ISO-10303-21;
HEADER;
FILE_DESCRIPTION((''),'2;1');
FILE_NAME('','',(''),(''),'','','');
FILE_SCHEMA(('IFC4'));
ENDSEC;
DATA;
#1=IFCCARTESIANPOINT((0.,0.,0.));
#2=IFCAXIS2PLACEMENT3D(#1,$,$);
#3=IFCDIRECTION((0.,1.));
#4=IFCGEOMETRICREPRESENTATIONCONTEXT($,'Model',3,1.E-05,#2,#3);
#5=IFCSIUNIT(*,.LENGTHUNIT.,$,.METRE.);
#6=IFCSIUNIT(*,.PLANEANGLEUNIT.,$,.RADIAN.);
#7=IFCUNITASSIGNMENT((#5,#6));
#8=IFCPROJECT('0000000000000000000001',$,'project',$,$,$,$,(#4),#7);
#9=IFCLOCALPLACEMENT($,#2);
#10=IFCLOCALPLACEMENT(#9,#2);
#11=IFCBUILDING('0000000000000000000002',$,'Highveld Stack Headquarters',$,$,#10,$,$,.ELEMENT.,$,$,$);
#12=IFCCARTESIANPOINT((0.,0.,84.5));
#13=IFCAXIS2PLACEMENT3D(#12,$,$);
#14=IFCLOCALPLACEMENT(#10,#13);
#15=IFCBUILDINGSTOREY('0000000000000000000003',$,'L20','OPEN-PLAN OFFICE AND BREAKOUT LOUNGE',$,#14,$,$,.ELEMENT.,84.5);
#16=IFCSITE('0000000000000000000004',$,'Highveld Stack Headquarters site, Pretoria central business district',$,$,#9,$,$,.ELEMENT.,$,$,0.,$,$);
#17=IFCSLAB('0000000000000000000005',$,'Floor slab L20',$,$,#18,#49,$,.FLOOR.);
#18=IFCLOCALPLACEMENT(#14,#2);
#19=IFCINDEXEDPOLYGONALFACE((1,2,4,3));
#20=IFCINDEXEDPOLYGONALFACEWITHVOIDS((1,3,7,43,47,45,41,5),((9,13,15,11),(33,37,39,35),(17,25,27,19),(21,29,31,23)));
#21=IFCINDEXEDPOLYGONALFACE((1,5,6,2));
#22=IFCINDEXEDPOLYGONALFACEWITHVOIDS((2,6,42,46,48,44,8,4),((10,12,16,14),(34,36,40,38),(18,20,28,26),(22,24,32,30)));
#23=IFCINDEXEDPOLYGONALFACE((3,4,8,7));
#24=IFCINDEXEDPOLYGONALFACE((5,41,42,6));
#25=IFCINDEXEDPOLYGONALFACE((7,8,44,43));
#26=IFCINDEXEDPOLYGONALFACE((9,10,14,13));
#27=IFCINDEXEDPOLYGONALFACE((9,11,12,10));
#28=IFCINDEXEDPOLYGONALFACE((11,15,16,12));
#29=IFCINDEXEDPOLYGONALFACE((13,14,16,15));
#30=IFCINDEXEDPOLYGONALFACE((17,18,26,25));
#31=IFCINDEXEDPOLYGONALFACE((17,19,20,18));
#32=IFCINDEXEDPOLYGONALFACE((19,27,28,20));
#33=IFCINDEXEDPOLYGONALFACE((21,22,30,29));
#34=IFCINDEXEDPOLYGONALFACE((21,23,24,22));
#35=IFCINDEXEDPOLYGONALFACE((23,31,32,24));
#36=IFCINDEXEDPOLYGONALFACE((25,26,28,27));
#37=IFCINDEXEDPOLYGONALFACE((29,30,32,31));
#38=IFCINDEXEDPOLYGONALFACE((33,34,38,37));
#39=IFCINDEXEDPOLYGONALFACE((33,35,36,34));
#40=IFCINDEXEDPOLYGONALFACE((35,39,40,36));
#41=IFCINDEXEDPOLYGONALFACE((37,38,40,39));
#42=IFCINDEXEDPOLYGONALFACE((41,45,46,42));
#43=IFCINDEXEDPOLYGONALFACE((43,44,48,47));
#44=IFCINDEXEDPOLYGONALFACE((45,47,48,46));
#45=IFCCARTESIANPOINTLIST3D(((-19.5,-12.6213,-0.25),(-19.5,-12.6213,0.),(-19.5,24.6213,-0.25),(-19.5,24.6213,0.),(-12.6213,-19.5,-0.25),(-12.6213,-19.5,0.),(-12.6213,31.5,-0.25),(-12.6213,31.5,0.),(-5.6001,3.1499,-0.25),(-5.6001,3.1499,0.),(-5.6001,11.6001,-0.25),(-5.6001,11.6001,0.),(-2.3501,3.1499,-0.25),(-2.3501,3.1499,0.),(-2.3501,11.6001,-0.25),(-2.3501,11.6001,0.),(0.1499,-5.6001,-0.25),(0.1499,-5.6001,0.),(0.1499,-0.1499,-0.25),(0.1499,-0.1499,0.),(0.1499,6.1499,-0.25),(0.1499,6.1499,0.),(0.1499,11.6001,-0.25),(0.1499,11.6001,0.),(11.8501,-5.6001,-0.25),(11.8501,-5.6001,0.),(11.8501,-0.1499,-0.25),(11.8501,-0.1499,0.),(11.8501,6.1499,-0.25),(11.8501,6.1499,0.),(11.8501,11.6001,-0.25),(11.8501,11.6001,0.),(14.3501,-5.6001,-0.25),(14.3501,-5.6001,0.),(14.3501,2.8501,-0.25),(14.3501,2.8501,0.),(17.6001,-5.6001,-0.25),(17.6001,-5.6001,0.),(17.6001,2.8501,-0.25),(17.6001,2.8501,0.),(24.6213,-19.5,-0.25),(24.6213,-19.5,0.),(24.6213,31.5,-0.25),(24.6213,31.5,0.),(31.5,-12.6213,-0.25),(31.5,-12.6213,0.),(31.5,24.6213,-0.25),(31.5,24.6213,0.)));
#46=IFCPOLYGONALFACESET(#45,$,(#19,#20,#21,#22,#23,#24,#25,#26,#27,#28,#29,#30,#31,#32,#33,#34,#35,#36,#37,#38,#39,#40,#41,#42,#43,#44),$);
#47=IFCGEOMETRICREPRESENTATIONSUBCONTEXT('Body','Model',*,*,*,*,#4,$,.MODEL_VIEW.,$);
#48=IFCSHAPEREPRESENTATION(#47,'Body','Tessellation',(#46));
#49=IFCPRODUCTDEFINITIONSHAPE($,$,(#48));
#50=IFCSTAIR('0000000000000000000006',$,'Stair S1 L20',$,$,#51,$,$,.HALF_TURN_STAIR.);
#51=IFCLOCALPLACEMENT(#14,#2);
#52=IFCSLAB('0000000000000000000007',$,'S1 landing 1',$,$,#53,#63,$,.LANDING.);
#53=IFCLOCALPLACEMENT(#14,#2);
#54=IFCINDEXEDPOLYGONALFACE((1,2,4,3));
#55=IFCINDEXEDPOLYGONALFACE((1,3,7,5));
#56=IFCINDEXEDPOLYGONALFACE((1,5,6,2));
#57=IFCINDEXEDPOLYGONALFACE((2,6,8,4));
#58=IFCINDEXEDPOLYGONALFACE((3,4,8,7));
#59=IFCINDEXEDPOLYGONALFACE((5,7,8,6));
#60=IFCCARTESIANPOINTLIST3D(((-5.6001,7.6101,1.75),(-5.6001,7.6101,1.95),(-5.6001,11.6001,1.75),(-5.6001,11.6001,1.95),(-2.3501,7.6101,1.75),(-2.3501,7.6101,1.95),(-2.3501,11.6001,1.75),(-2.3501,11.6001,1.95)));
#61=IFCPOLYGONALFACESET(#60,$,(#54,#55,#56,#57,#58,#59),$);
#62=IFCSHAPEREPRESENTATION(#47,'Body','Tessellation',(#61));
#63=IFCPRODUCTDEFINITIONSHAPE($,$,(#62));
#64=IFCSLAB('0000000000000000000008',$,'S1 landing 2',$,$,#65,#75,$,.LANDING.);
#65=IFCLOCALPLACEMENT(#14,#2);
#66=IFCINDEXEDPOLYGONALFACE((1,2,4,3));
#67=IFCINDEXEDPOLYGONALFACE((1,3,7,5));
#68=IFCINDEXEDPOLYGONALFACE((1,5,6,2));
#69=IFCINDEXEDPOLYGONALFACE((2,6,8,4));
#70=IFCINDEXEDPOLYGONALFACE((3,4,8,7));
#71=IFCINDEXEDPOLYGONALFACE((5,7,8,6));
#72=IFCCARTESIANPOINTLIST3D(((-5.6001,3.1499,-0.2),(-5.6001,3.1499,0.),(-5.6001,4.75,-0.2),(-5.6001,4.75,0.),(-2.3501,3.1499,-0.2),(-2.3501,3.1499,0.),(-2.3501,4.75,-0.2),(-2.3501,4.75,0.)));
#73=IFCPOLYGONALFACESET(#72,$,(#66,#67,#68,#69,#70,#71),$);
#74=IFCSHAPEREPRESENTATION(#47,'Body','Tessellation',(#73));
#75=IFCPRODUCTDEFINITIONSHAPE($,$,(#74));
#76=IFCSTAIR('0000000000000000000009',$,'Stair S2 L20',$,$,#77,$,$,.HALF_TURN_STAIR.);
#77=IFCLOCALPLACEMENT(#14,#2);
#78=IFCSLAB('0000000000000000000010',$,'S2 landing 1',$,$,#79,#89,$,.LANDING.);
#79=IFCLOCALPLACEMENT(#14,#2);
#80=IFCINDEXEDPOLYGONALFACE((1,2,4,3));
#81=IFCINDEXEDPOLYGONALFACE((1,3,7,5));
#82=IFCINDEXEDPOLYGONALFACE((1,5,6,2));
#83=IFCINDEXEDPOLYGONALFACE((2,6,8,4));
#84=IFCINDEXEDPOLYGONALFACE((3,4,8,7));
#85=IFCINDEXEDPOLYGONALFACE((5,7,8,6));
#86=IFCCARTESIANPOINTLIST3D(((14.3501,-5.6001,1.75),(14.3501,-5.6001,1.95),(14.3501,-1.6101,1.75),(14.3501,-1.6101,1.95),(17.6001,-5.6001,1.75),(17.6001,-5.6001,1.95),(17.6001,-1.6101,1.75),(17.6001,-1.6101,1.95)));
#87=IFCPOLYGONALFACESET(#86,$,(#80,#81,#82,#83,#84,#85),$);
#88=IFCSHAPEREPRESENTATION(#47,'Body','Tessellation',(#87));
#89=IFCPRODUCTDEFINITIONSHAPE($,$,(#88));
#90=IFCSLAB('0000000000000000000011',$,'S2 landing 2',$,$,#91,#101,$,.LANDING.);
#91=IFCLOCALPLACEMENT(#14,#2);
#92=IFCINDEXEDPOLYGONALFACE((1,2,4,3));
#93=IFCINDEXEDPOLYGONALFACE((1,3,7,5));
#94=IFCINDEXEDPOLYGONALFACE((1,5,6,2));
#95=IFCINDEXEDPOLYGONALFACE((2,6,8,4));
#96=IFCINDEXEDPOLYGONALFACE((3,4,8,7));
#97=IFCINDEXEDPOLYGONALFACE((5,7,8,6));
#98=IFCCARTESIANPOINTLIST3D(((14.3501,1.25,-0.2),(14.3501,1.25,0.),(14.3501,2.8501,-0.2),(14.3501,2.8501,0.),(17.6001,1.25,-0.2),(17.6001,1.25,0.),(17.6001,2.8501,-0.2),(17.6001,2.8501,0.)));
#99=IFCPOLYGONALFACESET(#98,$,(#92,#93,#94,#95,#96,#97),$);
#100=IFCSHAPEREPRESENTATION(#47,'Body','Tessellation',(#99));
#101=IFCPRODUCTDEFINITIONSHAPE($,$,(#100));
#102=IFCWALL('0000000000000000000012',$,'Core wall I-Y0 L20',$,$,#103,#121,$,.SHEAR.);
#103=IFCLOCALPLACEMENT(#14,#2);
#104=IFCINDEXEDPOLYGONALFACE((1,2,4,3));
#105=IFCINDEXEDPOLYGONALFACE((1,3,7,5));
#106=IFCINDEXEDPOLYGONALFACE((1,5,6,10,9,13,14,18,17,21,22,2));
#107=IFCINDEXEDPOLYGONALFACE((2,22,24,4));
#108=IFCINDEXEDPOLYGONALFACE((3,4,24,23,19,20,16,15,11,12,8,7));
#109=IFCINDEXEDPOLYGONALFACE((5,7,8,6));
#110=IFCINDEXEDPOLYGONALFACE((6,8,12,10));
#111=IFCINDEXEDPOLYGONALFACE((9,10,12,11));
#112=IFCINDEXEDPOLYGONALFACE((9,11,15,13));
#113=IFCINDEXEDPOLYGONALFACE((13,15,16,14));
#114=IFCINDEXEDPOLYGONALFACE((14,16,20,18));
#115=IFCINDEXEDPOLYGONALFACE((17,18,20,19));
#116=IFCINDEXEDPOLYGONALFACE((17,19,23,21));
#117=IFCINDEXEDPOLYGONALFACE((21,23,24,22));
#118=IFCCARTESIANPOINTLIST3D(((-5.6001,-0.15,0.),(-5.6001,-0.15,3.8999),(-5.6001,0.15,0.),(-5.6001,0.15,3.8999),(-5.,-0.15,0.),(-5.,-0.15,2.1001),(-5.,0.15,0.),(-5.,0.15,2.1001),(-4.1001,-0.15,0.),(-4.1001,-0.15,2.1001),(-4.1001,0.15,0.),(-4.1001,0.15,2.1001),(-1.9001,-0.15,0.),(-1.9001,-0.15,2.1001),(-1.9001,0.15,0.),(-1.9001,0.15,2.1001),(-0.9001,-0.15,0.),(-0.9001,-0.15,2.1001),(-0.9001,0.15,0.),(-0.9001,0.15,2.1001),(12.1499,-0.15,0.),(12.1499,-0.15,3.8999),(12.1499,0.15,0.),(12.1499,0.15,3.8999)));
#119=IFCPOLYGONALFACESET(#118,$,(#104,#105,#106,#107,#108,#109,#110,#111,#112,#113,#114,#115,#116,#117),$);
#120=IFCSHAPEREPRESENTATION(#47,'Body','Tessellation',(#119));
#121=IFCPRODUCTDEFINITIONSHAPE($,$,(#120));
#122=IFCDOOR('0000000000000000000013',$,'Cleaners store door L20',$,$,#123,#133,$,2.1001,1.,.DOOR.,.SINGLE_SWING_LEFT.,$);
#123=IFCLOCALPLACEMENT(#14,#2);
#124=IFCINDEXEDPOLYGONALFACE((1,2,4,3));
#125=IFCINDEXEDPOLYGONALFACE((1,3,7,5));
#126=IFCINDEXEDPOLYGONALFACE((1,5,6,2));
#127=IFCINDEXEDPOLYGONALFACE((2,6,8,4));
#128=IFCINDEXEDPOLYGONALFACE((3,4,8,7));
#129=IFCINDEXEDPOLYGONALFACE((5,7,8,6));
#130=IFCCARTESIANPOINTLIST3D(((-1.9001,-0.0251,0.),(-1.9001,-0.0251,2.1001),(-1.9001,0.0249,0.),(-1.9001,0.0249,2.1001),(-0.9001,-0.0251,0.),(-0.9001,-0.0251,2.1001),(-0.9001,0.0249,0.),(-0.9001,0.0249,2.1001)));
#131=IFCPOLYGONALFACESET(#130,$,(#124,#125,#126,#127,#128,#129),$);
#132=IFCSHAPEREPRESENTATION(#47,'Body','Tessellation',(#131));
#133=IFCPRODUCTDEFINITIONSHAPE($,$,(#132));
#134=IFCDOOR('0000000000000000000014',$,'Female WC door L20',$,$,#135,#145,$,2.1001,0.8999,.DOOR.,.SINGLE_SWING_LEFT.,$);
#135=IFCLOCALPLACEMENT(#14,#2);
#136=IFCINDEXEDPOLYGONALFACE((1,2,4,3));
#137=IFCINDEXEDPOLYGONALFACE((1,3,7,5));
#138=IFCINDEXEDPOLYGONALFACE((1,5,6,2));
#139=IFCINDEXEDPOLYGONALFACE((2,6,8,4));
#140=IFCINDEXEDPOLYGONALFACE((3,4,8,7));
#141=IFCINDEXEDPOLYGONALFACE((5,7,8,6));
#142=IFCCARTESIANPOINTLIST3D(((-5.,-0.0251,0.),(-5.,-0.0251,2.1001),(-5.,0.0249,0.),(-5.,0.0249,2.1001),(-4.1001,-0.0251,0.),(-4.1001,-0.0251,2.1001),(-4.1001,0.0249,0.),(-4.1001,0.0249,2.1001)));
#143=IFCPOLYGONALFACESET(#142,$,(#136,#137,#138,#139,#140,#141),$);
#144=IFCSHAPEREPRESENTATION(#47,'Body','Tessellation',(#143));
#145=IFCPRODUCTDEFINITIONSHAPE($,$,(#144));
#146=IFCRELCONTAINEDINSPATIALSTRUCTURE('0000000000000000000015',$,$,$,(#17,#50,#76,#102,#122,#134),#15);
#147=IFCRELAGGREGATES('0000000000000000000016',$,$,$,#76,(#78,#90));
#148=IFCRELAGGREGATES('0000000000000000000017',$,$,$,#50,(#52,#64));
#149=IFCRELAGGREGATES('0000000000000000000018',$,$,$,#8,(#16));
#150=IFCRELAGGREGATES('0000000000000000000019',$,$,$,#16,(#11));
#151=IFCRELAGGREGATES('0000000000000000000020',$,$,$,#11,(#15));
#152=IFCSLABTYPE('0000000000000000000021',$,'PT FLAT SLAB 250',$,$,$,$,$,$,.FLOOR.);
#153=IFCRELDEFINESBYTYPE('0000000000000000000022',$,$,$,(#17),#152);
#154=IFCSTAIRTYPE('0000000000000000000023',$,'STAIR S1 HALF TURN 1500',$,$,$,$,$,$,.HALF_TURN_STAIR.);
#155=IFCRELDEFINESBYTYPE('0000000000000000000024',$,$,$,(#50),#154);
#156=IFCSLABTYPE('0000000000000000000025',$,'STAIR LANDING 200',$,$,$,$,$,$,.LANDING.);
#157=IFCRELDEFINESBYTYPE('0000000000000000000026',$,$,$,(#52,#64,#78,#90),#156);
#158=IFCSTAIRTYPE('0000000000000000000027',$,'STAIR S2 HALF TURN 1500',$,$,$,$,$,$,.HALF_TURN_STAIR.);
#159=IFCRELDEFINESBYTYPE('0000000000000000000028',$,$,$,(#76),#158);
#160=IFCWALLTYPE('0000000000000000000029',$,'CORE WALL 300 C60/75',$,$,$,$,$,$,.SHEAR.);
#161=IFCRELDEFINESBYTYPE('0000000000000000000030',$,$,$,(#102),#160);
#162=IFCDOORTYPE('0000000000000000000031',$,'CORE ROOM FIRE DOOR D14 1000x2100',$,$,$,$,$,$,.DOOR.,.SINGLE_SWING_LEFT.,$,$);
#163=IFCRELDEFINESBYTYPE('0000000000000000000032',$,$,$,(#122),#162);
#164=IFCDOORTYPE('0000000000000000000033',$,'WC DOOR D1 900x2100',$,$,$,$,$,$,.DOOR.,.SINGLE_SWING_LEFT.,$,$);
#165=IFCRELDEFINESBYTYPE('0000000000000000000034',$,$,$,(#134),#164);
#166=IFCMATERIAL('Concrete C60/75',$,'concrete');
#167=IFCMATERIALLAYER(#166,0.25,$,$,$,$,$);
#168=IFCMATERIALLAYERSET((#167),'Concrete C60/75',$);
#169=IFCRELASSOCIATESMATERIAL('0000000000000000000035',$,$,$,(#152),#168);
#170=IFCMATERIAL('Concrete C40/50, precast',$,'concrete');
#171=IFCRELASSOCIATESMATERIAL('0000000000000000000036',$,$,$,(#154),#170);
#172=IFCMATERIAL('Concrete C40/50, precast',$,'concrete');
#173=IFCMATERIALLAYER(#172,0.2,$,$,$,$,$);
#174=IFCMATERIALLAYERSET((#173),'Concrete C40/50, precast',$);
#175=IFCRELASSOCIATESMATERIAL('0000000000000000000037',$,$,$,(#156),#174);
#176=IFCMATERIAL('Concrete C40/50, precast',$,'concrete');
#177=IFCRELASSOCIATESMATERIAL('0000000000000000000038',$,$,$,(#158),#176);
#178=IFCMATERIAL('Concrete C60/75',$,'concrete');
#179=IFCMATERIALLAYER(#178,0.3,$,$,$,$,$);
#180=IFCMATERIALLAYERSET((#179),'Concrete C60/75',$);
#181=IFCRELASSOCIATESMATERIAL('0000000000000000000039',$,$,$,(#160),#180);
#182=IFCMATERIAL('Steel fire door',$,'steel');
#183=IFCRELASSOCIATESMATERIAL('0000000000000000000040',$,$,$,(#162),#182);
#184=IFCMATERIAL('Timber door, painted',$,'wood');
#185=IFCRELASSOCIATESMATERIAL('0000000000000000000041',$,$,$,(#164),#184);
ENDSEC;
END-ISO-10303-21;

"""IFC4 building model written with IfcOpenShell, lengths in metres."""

from ifc_helpers import new_model, si_unit, direction, frame, frame_2d, origin, place, context, subcontext, project, spatial, polyline, rectangle, outline, extrude, material, layer, layer_set, type_object, element, fill, aggregate, save


model = new_model("IFC4")

# Units and contexts
model_context = context("Model", 3, precision=1e-05, world=origin(), true_north=direction((0.0, 1.0)))
body_context = subcontext(model_context, "Body", "Model", "MODEL_VIEW")
ifc_project = project(units=[si_unit("LENGTHUNIT", "METRE"), si_unit("PLANEANGLEUNIT", "RADIAN")], contexts=[model_context])

# Site, building, storey
site_placement = place(None, origin())
site = spatial("IfcSite", under=ifc_project, at=site_placement, Name="Highveld Stack Headquarters site, Pretoria central business district", CompositionType="ELEMENT", RefElevation=0.0)
building_placement = place(site_placement, origin())
building = spatial("IfcBuilding", under=site, at=building_placement, Name="Highveld Stack Headquarters", CompositionType="ELEMENT")
storey_placement = place(building_placement, frame((0.0, 0.0, 84.5)))
storey = spatial("IfcBuildingStorey", under=building, at=storey_placement, Name="L20", Description="OPEN-PLAN OFFICE AND BREAKOUT LOUNGE", CompositionType="ELEMENT", Elevation=84.5)

# Slab
ifc_material_1 = material(Name="Concrete C60/75", Category="concrete")
ifc_layer_1 = layer(ifc_material_1, 0.25)
ifc_layer_set_1 = layer_set([ifc_layer_1], Name="Concrete C60/75")
slab_type_1 = type_object("IfcSlabType", Name="PT FLAT SLAB 250", PredefinedType="FLOOR", material=ifc_layer_set_1)
slab_1_placement = place(storey_placement, frame((0.0, 0.0, -0.25)))
element("IfcSlab", 1, at=slab_1_placement, inside=storey, type_object=slab_type_1, Name="Floor slab L20", PredefinedType="FLOOR", context=body_context, shape_type="SweptSolid", body=[
    extrude(outline(polyline([(-12.6213, -19.5), (24.6213, -19.5), (31.5, -12.6213), (31.5, 24.6213), (24.6213, 31.5), (-12.6213, 31.5), (-19.5, 24.6213), (-19.5, -12.6213), (-12.6213, -19.5)]), holes=[polyline([(0.1499, 6.1499), (11.8501, 6.1499), (11.8501, 11.6001), (0.1499, 11.6001), (0.1499, 6.1499)]), polyline([(0.1499, -5.6001), (11.8501, -5.6001), (11.8501, -0.1499), (0.1499, -0.1499), (0.1499, -5.6001)]), polyline([(-5.6001, 3.1499), (-2.3501, 3.1499), (-2.3501, 11.6001), (-5.6001, 11.6001), (-5.6001, 3.1499)]), polyline([(14.3501, -5.6001), (17.6001, -5.6001), (17.6001, 2.8501), (14.3501, 2.8501), (14.3501, -5.6001)])]), origin(), (0.0, 0.0, 1.0), 0.25),
])

# Stairs, slabs
ifc_material_2 = material(Name="Concrete C40/50, precast", Category="concrete")
stair_type_1 = type_object("IfcStairType", Name="STAIR S1 HALF TURN 1500", PredefinedType="HALF_TURN_STAIR", material=ifc_material_2)
stair_1_placement = place(storey_placement, origin())
stair_1 = element("IfcStair", 2, at=stair_1_placement, inside=storey, type_object=stair_type_1, Name="Stair S1 L20", PredefinedType="HALF_TURN_STAIR")
ifc_material_3 = material(Name="Concrete C40/50, precast", Category="concrete")
ifc_layer_2 = layer(ifc_material_3, 0.2)
ifc_layer_set_2 = layer_set([ifc_layer_2], Name="Concrete C40/50, precast")
slab_type_2 = type_object("IfcSlabType", Name="STAIR LANDING 200", PredefinedType="LANDING", material=ifc_layer_set_2)
slab_2_placement = place(storey_placement, frame((0.0, 0.0, 1.75)))
slab_2 = element("IfcSlab", 3, at=slab_2_placement, type_object=slab_type_2, Name="S1 landing 1", PredefinedType="LANDING", context=body_context, shape_type="SweptSolid", body=[
    extrude(outline(polyline([(-5.6001, 7.6101), (-2.3501, 7.6101), (-2.3501, 11.6001), (-5.6001, 11.6001), (-5.6001, 7.6101)])), origin(), (0.0, 0.0, 1.0), 0.2),
])
slab_3_placement = place(storey_placement, frame((0.0, 0.0, -0.2)))
slab_3 = element("IfcSlab", 4, at=slab_3_placement, type_object=slab_type_2, Name="S1 landing 2", PredefinedType="LANDING", context=body_context, shape_type="SweptSolid", body=[
    extrude(outline(polyline([(-5.6001, 3.1499), (-2.3501, 3.1499), (-2.3501, 4.75), (-5.6001, 4.75), (-5.6001, 3.1499)])), origin(), (0.0, 0.0, 1.0), 0.2),
])
ifc_material_4 = material(Name="Concrete C40/50, precast", Category="concrete")
stair_type_2 = type_object("IfcStairType", Name="STAIR S2 HALF TURN 1500", PredefinedType="HALF_TURN_STAIR", material=ifc_material_4)
stair_2_placement = place(storey_placement, origin())
stair_2 = element("IfcStair", 5, at=stair_2_placement, inside=storey, type_object=stair_type_2, Name="Stair S2 L20", PredefinedType="HALF_TURN_STAIR")
slab_4_placement = place(storey_placement, frame((0.0, 0.0, 1.75)))
slab_4 = element("IfcSlab", 6, at=slab_4_placement, type_object=slab_type_2, Name="S2 landing 1", PredefinedType="LANDING", context=body_context, shape_type="SweptSolid", body=[
    extrude(outline(polyline([(14.3501, -5.6001), (17.6001, -5.6001), (17.6001, -1.6101), (14.3501, -1.6101), (14.3501, -5.6001)])), origin(), (0.0, 0.0, 1.0), 0.2),
])
slab_5_placement = place(storey_placement, frame((0.0, 0.0, -0.2)))
slab_5 = element("IfcSlab", 7, at=slab_5_placement, type_object=slab_type_2, Name="S2 landing 2", PredefinedType="LANDING", context=body_context, shape_type="SweptSolid", body=[
    extrude(outline(polyline([(14.3501, 1.25), (17.6001, 1.25), (17.6001, 2.8501), (14.3501, 2.8501), (14.3501, 1.25)])), origin(), (0.0, 0.0, 1.0), 0.2),
])
aggregate(stair_2, [slab_4, slab_5])

# Wall, openings, doors
ifc_material_5 = material(Name="Concrete C60/75", Category="concrete")
ifc_layer_3 = layer(ifc_material_5, 0.3)
ifc_layer_set_3 = layer_set([ifc_layer_3], Name="Concrete C60/75")
wall_type_1 = type_object("IfcWallType", Name="CORE WALL 300 C60/75", PredefinedType="SHEAR", material=ifc_layer_set_3)
wall_1_placement = place(storey_placement, frame((-5.6001, 0.0, 0.0), z_axis=(0.0, 0.0, 1.0), x_axis=(1.0, 0.0, 0.0)))
wall_1 = element("IfcWall", 8, at=wall_1_placement, inside=storey, type_object=wall_type_1, Name="Core wall I-Y0 L20", PredefinedType="SHEAR", context=body_context, shape_type="SweptSolid", body=[
    extrude(rectangle(XDim=17.75, YDim=0.3, at=frame_2d((8.875, 0.0))), origin(), (0.0, 0.0, 1.0), 3.8999),
])
opening_1_placement = place(wall_1_placement, frame((0.6001, 0.0, 0.0)))
opening_1 = element("IfcOpeningElement", 9, at=opening_1_placement, cuts=wall_1, PredefinedType="OPENING", context=body_context, shape_type="SweptSolid", body=[
    extrude(rectangle(XDim=0.8999, YDim=2.1001, at=frame_2d((0.45, 1.05))), frame((0.0, 0.1599, 0.0), z_axis=(0.0, -1.0, 0.0), x_axis=(1.0, 0.0, 0.0)), (0.0, 0.0, 1.0), 0.3201),
])
opening_2_placement = place(wall_1_placement, frame((3.7, 0.0, 0.0)))
opening_2 = element("IfcOpeningElement", 10, at=opening_2_placement, cuts=wall_1, PredefinedType="OPENING", context=body_context, shape_type="SweptSolid", body=[
    extrude(rectangle(XDim=1.0, YDim=2.1001, at=frame_2d((0.5, 1.05))), frame((0.0, 0.1599, 0.0), z_axis=(0.0, -1.0, 0.0), x_axis=(1.0, 0.0, 0.0)), (0.0, 0.0, 1.0), 0.3201),
])
ifc_material_6 = material(Name="Steel fire door", Category="steel")
door_type_1 = type_object("IfcDoorType", Name="CORE ROOM FIRE DOOR D14 1000x2100", OperationType="SINGLE_SWING_LEFT", PredefinedType="DOOR", material=ifc_material_6)
door_1_placement = place(opening_2_placement, origin())
door_1 = element("IfcDoor", 11, at=door_1_placement, inside=storey, type_object=door_type_1, Name="Cleaners store door L20", OperationType="SINGLE_SWING_LEFT", OverallHeight=2.1001, OverallWidth=1.0, PredefinedType="DOOR", context=body_context, shape_type="SweptSolid", body=[
    extrude(rectangle(XDim=1.0, YDim=2.1001, at=frame_2d((0.5, 1.05))), frame((0.0, 0.0249, 0.0), z_axis=(0.0, -1.0, 0.0), x_axis=(1.0, 0.0, 0.0)), (0.0, 0.0, 1.0), 0.05),
])
fill(opening_2, door_1)
ifc_material_7 = material(Name="Timber door, painted", Category="wood")
door_type_2 = type_object("IfcDoorType", Name="WC DOOR D1 900x2100", OperationType="SINGLE_SWING_LEFT", PredefinedType="DOOR", material=ifc_material_7)
door_2_placement = place(opening_1_placement, origin())
door_2 = element("IfcDoor", 12, at=door_2_placement, inside=storey, type_object=door_type_2, Name="Female WC door L20", OperationType="SINGLE_SWING_LEFT", OverallHeight=2.1001, OverallWidth=0.8999, PredefinedType="DOOR", context=body_context, shape_type="SweptSolid", body=[
    extrude(rectangle(XDim=0.8999, YDim=2.1001, at=frame_2d((0.45, 1.05))), frame((0.0, 0.0249, 0.0), z_axis=(0.0, -1.0, 0.0), x_axis=(1.0, 0.0, 0.0)), (0.0, 0.0, 1.0), 0.05),
])
fill(opening_1, door_2)

aggregate(stair_1, [slab_2, slab_3])

save(model, "model.ifc")
